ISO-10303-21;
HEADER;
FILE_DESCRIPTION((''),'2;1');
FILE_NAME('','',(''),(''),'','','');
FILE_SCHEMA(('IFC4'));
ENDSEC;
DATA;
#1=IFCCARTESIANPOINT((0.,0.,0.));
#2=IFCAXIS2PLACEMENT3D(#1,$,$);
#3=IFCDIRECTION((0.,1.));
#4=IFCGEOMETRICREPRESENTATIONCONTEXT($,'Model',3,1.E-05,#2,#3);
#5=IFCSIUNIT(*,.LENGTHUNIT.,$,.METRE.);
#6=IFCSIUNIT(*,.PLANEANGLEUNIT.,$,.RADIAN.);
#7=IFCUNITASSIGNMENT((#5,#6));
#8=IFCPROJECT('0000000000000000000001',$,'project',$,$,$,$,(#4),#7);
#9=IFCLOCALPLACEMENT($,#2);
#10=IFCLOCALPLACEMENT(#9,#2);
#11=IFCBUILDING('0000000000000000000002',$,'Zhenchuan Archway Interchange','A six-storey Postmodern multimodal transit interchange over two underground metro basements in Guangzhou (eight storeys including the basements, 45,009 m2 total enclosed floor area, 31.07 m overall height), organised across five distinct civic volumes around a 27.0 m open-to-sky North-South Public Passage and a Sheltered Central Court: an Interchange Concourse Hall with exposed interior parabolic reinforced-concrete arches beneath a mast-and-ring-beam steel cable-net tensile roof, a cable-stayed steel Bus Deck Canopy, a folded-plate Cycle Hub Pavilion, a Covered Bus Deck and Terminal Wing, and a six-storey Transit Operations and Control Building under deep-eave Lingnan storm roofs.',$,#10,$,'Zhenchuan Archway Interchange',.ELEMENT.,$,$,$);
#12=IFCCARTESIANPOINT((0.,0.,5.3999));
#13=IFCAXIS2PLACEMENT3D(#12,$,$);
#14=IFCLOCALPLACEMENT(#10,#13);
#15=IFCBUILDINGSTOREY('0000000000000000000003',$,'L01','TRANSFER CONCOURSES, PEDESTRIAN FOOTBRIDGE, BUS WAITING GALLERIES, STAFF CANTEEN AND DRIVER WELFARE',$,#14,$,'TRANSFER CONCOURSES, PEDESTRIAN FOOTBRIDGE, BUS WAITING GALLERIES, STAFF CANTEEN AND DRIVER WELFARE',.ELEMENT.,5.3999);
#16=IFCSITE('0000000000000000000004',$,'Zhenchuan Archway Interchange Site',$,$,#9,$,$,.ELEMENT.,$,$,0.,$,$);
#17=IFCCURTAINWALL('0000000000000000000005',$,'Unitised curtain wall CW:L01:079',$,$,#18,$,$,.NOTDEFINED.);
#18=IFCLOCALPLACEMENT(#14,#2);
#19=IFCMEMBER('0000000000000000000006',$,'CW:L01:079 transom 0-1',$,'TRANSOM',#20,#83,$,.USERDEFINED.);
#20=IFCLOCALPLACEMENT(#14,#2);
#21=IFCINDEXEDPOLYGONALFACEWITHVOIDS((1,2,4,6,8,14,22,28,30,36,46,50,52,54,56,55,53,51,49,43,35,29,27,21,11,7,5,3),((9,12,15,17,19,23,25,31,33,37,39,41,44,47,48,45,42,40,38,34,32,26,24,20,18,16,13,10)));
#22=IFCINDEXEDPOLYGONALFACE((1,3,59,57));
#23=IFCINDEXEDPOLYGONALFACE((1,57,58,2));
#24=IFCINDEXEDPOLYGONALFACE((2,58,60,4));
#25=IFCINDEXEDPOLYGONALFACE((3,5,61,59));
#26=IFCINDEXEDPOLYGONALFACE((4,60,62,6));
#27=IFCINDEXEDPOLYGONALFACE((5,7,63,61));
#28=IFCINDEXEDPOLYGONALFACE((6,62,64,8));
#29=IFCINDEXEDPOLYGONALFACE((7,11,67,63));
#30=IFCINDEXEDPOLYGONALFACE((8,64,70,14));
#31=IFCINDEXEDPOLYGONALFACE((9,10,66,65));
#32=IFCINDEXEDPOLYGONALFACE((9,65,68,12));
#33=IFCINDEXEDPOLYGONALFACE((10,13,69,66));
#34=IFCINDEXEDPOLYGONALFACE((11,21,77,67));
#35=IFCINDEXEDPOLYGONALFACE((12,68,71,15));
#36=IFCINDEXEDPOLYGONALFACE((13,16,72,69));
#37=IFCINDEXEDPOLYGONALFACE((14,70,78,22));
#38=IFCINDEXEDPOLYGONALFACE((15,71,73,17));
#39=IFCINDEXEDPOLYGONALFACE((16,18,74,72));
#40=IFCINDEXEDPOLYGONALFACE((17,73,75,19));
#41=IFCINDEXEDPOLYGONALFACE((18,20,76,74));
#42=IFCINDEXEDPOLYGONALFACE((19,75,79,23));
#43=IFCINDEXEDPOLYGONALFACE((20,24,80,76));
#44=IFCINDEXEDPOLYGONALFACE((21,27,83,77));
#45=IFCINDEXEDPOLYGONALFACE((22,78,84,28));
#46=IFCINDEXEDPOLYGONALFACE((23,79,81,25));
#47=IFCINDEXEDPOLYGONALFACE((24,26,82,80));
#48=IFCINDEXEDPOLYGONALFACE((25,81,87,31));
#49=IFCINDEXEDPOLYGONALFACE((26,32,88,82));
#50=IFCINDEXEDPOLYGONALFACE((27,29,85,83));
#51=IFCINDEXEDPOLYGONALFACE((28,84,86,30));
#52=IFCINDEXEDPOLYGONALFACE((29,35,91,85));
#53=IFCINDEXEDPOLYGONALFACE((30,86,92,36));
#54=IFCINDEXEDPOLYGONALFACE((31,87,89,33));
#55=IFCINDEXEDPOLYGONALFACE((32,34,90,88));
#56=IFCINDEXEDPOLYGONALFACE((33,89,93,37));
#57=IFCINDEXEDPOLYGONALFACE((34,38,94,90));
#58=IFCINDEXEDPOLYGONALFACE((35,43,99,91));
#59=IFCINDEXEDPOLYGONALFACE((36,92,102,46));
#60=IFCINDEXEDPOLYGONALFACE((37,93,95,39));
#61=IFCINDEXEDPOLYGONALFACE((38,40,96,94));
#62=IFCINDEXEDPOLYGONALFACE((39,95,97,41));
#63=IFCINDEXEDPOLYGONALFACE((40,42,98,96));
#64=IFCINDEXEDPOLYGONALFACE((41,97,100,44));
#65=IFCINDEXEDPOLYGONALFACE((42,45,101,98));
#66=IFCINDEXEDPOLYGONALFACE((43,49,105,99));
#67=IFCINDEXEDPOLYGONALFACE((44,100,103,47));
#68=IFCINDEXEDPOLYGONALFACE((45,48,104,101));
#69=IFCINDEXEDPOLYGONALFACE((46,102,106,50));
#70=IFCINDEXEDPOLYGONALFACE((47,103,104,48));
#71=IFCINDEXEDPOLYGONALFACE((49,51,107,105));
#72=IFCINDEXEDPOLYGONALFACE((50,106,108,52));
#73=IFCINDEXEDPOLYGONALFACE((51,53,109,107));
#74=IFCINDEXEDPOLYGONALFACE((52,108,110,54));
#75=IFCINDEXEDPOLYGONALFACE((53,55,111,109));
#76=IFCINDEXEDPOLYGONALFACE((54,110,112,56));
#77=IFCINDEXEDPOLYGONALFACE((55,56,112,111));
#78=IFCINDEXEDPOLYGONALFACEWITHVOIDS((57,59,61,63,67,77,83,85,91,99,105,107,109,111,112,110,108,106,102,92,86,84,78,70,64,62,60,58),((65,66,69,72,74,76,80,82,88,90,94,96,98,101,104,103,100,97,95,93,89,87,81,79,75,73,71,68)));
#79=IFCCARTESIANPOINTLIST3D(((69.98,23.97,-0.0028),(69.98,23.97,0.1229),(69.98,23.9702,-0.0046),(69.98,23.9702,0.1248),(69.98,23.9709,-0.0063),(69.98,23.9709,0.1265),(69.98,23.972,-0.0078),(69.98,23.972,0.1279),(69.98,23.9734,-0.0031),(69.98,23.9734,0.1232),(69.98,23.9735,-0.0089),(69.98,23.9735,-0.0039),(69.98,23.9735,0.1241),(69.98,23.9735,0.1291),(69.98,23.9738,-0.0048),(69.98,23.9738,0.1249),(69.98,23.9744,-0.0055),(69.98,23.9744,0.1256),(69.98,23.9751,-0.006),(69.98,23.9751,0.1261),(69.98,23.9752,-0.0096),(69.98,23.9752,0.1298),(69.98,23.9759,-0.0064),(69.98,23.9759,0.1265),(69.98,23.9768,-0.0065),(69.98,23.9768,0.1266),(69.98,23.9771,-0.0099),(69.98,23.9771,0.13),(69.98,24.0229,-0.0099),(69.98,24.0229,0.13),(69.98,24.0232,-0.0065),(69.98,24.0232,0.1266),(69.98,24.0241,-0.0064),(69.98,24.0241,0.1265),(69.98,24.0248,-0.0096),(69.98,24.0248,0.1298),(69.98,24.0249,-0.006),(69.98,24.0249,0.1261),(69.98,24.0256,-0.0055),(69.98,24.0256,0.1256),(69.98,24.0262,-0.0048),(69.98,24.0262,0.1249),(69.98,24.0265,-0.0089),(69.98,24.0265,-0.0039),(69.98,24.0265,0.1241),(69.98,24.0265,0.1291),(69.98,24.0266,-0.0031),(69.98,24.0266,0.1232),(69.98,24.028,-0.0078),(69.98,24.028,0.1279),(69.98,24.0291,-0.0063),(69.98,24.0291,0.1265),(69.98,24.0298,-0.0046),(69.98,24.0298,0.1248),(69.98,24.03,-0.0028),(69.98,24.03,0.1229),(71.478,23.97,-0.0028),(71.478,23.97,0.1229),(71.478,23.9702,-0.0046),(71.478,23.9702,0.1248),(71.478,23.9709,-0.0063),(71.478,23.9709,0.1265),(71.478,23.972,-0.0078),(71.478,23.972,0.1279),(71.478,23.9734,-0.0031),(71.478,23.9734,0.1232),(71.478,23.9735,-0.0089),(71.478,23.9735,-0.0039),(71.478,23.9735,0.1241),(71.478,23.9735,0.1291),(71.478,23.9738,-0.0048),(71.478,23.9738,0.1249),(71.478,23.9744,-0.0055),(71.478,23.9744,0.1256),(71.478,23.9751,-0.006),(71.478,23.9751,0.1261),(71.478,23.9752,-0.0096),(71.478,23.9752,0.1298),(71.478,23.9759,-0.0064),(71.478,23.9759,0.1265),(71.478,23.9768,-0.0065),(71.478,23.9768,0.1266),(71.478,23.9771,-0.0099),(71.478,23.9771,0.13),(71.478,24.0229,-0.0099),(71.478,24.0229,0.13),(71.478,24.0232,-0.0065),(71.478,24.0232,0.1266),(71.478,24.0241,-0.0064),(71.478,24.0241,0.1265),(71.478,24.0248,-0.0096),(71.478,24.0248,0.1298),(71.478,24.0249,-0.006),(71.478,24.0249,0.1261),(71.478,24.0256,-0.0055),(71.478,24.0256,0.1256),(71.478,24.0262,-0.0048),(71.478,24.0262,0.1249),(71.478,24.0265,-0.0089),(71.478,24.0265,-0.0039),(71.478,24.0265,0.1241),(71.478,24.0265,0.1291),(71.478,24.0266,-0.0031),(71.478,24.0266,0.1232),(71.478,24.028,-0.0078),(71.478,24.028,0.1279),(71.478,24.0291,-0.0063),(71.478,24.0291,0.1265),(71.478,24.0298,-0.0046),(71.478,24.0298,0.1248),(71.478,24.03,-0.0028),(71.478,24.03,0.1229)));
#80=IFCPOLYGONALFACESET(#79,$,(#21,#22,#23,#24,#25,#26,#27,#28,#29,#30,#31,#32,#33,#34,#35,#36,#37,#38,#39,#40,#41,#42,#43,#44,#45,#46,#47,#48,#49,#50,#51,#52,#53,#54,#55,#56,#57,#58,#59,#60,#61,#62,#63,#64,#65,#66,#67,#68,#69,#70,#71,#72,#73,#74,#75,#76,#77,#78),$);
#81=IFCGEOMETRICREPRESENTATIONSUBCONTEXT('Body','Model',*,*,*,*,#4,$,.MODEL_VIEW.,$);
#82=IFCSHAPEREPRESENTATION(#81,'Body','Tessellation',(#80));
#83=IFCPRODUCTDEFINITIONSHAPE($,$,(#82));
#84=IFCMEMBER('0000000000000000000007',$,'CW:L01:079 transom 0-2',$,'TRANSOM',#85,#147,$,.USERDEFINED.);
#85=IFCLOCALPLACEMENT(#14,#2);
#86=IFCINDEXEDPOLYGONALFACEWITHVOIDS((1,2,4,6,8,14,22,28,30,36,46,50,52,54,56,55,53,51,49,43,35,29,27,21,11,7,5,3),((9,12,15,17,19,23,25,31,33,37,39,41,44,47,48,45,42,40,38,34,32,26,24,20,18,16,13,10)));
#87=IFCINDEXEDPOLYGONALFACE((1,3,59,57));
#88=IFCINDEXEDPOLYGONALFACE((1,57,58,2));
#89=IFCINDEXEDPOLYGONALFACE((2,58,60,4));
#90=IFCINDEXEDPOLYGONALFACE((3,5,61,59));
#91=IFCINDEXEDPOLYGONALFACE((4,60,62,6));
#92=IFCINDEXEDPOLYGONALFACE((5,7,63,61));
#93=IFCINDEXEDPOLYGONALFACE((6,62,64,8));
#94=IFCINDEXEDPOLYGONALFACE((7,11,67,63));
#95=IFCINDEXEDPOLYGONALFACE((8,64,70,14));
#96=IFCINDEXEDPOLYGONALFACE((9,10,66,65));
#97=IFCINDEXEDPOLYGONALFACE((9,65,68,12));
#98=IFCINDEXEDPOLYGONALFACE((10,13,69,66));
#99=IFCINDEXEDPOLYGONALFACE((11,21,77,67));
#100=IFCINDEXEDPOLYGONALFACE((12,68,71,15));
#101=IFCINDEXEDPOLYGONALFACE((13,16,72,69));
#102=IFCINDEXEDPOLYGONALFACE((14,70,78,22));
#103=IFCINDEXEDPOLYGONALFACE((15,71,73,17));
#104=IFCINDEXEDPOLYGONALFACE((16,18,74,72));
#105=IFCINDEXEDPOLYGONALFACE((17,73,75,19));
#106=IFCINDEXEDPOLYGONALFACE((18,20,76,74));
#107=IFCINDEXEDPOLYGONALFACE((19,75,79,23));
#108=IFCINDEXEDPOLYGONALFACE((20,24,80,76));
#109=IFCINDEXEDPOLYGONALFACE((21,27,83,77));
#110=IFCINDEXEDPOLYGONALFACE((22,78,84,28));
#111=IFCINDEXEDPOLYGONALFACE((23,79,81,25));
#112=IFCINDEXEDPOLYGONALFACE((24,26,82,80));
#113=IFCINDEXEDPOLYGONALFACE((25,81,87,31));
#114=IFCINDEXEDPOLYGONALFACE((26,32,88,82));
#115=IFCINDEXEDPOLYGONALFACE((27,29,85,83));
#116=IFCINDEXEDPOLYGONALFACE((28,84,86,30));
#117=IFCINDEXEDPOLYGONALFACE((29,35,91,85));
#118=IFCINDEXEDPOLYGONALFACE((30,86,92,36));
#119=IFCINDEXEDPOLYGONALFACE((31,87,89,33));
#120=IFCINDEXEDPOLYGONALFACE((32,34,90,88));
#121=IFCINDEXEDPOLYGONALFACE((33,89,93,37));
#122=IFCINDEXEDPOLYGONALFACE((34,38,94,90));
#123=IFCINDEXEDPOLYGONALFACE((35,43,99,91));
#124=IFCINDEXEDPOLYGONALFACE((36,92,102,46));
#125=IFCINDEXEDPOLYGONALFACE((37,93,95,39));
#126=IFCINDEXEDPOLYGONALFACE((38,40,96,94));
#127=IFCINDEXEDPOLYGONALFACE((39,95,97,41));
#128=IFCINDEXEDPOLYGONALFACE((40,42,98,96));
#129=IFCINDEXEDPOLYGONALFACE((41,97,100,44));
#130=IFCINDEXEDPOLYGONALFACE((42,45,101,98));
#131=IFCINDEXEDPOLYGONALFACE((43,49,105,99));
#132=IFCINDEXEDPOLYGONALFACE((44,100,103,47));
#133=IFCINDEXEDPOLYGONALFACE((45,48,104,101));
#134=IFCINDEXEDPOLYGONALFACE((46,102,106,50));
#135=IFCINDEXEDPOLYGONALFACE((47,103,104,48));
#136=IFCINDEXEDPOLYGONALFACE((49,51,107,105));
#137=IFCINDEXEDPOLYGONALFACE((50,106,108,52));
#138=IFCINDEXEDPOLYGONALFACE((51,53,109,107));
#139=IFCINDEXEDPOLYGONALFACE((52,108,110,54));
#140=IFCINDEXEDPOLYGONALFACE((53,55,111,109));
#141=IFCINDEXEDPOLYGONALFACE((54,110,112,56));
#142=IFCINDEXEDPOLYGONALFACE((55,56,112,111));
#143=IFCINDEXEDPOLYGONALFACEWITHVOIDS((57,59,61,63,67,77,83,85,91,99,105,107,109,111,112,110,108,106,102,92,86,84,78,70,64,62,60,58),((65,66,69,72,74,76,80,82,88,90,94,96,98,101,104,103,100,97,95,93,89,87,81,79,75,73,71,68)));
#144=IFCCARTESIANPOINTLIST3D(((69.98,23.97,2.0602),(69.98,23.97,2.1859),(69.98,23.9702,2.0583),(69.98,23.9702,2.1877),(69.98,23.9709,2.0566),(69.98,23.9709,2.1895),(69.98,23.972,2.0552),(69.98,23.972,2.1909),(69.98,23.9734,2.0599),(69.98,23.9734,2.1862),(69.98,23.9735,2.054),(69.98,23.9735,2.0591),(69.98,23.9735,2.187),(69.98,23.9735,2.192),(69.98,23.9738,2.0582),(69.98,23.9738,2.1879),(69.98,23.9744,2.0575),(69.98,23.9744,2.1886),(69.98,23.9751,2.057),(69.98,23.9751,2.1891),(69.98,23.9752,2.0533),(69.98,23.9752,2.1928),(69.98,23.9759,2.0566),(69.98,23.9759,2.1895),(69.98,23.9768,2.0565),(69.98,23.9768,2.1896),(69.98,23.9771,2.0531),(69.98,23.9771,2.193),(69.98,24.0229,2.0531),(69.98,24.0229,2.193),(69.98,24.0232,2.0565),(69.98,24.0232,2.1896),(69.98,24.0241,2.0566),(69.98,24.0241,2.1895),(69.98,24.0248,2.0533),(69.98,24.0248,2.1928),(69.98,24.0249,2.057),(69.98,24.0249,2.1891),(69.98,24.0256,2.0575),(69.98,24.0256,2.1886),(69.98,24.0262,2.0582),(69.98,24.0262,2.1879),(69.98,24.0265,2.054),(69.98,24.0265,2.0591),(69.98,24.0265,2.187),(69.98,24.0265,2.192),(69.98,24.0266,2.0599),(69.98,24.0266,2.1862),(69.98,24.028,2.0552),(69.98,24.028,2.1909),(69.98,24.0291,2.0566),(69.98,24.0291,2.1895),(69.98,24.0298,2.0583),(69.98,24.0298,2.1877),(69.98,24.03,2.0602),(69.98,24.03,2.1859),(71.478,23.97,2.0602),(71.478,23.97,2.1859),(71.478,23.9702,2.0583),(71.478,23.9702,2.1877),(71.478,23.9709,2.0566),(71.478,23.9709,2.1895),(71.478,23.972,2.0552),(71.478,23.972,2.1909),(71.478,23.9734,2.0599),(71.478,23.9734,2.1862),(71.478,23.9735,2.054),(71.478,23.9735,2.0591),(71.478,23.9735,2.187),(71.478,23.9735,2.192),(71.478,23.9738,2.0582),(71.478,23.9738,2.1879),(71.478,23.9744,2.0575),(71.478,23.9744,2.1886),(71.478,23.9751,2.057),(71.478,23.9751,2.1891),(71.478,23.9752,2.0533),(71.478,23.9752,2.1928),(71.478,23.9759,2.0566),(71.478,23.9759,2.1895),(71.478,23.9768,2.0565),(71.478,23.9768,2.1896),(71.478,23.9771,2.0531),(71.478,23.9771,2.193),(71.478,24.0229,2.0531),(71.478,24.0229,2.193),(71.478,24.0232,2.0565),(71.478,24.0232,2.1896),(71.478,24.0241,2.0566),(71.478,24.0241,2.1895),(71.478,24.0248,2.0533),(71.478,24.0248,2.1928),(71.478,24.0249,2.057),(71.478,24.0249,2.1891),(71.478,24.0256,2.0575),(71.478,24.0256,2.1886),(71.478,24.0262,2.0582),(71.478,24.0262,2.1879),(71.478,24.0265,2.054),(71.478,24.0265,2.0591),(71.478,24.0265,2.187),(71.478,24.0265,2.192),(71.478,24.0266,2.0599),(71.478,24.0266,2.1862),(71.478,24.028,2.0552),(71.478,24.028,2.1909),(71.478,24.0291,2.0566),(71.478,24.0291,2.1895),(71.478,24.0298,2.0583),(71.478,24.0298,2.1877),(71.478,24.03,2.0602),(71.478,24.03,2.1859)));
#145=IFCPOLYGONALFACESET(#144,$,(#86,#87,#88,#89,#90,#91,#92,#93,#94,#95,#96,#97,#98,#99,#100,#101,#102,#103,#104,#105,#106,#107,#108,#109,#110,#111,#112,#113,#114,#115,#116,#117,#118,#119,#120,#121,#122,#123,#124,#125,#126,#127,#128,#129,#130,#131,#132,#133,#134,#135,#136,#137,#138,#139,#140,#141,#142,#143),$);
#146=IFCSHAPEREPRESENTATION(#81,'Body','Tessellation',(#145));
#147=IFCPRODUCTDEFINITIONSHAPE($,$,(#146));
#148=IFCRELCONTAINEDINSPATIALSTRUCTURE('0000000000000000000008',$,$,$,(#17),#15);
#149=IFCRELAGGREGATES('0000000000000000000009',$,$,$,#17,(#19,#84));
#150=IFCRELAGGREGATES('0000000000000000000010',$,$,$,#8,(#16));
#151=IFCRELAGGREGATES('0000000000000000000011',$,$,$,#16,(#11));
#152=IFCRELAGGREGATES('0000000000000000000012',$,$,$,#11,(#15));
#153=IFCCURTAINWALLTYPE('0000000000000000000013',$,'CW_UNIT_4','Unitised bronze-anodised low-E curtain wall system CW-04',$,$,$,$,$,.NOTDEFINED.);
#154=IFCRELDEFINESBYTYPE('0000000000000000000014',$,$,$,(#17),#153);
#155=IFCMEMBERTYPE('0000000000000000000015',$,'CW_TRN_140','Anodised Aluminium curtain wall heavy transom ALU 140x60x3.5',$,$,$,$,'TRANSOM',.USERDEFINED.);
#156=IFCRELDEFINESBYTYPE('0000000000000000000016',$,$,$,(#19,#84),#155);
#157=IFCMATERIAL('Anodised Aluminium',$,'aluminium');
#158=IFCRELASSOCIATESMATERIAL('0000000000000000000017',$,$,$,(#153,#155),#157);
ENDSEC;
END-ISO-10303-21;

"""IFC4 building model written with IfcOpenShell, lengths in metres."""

from ifc_helpers import new_model, si_unit, direction, frame, origin, origin_2d, place, context, subcontext, project, spatial, hollow_rectangle, extrude, material, material_profile, profile_set, type_object, element, aggregate, save


model = new_model("IFC4")

# Units and contexts
model_context = context("Model", 3, precision=1e-05, world=origin(), true_north=direction((0.0, 1.0)))
body_context = subcontext(model_context, "Body", "Model", "MODEL_VIEW")
ifc_project = project(units=[si_unit("LENGTHUNIT", "METRE"), si_unit("PLANEANGLEUNIT", "RADIAN")], contexts=[model_context])

# Site, building, storey
site_placement = place(None, origin())
site = spatial("IfcSite", under=ifc_project, at=site_placement, Name="Zhenchuan Archway Interchange Site", CompositionType="ELEMENT", RefElevation=0.0)
building_placement = place(site_placement, origin())
building = spatial("IfcBuilding", under=site, at=building_placement, Name="Zhenchuan Archway Interchange", Description="A six-storey Postmodern multimodal transit interchange over two underground metro basements in Guangzhou (eight storeys including the basements, 45,009 m2 total enclosed floor area, 31.07 m overall height), organised across five distinct civic volumes around a 27.0 m open-to-sky North-South Public Passage and a Sheltered Central Court: an Interchange Concourse Hall with exposed interior parabolic reinforced-concrete arches beneath a mast-and-ring-beam steel cable-net tensile roof, a cable-stayed steel Bus Deck Canopy, a folded-plate Cycle Hub Pavilion, a Covered Bus Deck and Terminal Wing, and a six-storey Transit Operations and Control Building under deep-eave Lingnan storm roofs.", LongName="Zhenchuan Archway Interchange", CompositionType="ELEMENT")
storey_placement = place(building_placement, frame((0.0, 0.0, 5.3999)))
storey = spatial("IfcBuildingStorey", under=building, at=storey_placement, Name="L01", Description="TRANSFER CONCOURSES, PEDESTRIAN FOOTBRIDGE, BUS WAITING GALLERIES, STAFF CANTEEN AND DRIVER WELFARE", LongName="TRANSFER CONCOURSES, PEDESTRIAN FOOTBRIDGE, BUS WAITING GALLERIES, STAFF CANTEEN AND DRIVER WELFARE", CompositionType="ELEMENT", Elevation=5.3999)

# Curtain wall, members
ifc_material_1 = material(Name="Anodised Aluminium", Category="aluminium")
curtain_wall_type = type_object("IfcCurtainWallType", Name="CW_UNIT_4", Description="Unitised bronze-anodised low-E curtain wall system CW-04", PredefinedType="NOTDEFINED", material=ifc_material_1)
curtain_wall_placement = place(storey_placement, origin())
curtain_wall = element("IfcCurtainWall", 1, at=curtain_wall_placement, inside=storey, type_object=curtain_wall_type, Name="Unitised curtain wall CW:L01:079", PredefinedType="NOTDEFINED")
ifc_material_profile_1 = material_profile(ifc_material_1, hollow_rectangle(XDim=0.0601, YDim=0.1399, WallThickness=0.0034, InnerFilletRadius=0.0034, OuterFilletRadius=0.0071, at=origin_2d()), Name="ALU 140x60x3.5")
ifc_profile_set_1 = profile_set([ifc_material_profile_1], Name="Anodised Aluminium")
member_type_1 = type_object("IfcMemberType", Name="CW_TRN_140", Description="Anodised Aluminium curtain wall heavy transom ALU 140x60x3.5", ElementType="TRANSOM", PredefinedType="USERDEFINED", material=ifc_profile_set_1)
member_1_placement = place(storey_placement, frame((71.478, 24.0, 0.0601), z_axis=(-1.0, 0.0, 0.0), x_axis=(0.0, -1.0, 0.0)))
member_1 = element("IfcMember", 2, at=member_1_placement, type_object=member_type_1, Name="CW:L01:079 transom 0-1", ObjectType="TRANSOM", PredefinedType="USERDEFINED", context=body_context, shape_type="SweptSolid", body=[
    extrude(hollow_rectangle(XDim=0.0601, YDim=0.1399, WallThickness=0.0034, InnerFilletRadius=0.0034, OuterFilletRadius=0.0071, at=origin_2d()), origin(), (0.0, 0.0, 1.0), 1.498),
])
member_2_placement = place(storey_placement, frame((71.478, 24.0, 2.123), z_axis=(-1.0, 0.0, 0.0), x_axis=(0.0, -1.0, 0.0)))
member_2 = element("IfcMember", 3, at=member_2_placement, type_object=member_type_1, Name="CW:L01:079 transom 0-2", ObjectType="TRANSOM", PredefinedType="USERDEFINED", context=body_context, shape_type="SweptSolid", body=[
    extrude(hollow_rectangle(XDim=0.0601, YDim=0.1399, WallThickness=0.0034, InnerFilletRadius=0.0034, OuterFilletRadius=0.0071, at=origin_2d()), origin(), (0.0, 0.0, 1.0), 1.498),
])

aggregate(curtain_wall, [member_1, member_2])

save(model, "model.ifc")
